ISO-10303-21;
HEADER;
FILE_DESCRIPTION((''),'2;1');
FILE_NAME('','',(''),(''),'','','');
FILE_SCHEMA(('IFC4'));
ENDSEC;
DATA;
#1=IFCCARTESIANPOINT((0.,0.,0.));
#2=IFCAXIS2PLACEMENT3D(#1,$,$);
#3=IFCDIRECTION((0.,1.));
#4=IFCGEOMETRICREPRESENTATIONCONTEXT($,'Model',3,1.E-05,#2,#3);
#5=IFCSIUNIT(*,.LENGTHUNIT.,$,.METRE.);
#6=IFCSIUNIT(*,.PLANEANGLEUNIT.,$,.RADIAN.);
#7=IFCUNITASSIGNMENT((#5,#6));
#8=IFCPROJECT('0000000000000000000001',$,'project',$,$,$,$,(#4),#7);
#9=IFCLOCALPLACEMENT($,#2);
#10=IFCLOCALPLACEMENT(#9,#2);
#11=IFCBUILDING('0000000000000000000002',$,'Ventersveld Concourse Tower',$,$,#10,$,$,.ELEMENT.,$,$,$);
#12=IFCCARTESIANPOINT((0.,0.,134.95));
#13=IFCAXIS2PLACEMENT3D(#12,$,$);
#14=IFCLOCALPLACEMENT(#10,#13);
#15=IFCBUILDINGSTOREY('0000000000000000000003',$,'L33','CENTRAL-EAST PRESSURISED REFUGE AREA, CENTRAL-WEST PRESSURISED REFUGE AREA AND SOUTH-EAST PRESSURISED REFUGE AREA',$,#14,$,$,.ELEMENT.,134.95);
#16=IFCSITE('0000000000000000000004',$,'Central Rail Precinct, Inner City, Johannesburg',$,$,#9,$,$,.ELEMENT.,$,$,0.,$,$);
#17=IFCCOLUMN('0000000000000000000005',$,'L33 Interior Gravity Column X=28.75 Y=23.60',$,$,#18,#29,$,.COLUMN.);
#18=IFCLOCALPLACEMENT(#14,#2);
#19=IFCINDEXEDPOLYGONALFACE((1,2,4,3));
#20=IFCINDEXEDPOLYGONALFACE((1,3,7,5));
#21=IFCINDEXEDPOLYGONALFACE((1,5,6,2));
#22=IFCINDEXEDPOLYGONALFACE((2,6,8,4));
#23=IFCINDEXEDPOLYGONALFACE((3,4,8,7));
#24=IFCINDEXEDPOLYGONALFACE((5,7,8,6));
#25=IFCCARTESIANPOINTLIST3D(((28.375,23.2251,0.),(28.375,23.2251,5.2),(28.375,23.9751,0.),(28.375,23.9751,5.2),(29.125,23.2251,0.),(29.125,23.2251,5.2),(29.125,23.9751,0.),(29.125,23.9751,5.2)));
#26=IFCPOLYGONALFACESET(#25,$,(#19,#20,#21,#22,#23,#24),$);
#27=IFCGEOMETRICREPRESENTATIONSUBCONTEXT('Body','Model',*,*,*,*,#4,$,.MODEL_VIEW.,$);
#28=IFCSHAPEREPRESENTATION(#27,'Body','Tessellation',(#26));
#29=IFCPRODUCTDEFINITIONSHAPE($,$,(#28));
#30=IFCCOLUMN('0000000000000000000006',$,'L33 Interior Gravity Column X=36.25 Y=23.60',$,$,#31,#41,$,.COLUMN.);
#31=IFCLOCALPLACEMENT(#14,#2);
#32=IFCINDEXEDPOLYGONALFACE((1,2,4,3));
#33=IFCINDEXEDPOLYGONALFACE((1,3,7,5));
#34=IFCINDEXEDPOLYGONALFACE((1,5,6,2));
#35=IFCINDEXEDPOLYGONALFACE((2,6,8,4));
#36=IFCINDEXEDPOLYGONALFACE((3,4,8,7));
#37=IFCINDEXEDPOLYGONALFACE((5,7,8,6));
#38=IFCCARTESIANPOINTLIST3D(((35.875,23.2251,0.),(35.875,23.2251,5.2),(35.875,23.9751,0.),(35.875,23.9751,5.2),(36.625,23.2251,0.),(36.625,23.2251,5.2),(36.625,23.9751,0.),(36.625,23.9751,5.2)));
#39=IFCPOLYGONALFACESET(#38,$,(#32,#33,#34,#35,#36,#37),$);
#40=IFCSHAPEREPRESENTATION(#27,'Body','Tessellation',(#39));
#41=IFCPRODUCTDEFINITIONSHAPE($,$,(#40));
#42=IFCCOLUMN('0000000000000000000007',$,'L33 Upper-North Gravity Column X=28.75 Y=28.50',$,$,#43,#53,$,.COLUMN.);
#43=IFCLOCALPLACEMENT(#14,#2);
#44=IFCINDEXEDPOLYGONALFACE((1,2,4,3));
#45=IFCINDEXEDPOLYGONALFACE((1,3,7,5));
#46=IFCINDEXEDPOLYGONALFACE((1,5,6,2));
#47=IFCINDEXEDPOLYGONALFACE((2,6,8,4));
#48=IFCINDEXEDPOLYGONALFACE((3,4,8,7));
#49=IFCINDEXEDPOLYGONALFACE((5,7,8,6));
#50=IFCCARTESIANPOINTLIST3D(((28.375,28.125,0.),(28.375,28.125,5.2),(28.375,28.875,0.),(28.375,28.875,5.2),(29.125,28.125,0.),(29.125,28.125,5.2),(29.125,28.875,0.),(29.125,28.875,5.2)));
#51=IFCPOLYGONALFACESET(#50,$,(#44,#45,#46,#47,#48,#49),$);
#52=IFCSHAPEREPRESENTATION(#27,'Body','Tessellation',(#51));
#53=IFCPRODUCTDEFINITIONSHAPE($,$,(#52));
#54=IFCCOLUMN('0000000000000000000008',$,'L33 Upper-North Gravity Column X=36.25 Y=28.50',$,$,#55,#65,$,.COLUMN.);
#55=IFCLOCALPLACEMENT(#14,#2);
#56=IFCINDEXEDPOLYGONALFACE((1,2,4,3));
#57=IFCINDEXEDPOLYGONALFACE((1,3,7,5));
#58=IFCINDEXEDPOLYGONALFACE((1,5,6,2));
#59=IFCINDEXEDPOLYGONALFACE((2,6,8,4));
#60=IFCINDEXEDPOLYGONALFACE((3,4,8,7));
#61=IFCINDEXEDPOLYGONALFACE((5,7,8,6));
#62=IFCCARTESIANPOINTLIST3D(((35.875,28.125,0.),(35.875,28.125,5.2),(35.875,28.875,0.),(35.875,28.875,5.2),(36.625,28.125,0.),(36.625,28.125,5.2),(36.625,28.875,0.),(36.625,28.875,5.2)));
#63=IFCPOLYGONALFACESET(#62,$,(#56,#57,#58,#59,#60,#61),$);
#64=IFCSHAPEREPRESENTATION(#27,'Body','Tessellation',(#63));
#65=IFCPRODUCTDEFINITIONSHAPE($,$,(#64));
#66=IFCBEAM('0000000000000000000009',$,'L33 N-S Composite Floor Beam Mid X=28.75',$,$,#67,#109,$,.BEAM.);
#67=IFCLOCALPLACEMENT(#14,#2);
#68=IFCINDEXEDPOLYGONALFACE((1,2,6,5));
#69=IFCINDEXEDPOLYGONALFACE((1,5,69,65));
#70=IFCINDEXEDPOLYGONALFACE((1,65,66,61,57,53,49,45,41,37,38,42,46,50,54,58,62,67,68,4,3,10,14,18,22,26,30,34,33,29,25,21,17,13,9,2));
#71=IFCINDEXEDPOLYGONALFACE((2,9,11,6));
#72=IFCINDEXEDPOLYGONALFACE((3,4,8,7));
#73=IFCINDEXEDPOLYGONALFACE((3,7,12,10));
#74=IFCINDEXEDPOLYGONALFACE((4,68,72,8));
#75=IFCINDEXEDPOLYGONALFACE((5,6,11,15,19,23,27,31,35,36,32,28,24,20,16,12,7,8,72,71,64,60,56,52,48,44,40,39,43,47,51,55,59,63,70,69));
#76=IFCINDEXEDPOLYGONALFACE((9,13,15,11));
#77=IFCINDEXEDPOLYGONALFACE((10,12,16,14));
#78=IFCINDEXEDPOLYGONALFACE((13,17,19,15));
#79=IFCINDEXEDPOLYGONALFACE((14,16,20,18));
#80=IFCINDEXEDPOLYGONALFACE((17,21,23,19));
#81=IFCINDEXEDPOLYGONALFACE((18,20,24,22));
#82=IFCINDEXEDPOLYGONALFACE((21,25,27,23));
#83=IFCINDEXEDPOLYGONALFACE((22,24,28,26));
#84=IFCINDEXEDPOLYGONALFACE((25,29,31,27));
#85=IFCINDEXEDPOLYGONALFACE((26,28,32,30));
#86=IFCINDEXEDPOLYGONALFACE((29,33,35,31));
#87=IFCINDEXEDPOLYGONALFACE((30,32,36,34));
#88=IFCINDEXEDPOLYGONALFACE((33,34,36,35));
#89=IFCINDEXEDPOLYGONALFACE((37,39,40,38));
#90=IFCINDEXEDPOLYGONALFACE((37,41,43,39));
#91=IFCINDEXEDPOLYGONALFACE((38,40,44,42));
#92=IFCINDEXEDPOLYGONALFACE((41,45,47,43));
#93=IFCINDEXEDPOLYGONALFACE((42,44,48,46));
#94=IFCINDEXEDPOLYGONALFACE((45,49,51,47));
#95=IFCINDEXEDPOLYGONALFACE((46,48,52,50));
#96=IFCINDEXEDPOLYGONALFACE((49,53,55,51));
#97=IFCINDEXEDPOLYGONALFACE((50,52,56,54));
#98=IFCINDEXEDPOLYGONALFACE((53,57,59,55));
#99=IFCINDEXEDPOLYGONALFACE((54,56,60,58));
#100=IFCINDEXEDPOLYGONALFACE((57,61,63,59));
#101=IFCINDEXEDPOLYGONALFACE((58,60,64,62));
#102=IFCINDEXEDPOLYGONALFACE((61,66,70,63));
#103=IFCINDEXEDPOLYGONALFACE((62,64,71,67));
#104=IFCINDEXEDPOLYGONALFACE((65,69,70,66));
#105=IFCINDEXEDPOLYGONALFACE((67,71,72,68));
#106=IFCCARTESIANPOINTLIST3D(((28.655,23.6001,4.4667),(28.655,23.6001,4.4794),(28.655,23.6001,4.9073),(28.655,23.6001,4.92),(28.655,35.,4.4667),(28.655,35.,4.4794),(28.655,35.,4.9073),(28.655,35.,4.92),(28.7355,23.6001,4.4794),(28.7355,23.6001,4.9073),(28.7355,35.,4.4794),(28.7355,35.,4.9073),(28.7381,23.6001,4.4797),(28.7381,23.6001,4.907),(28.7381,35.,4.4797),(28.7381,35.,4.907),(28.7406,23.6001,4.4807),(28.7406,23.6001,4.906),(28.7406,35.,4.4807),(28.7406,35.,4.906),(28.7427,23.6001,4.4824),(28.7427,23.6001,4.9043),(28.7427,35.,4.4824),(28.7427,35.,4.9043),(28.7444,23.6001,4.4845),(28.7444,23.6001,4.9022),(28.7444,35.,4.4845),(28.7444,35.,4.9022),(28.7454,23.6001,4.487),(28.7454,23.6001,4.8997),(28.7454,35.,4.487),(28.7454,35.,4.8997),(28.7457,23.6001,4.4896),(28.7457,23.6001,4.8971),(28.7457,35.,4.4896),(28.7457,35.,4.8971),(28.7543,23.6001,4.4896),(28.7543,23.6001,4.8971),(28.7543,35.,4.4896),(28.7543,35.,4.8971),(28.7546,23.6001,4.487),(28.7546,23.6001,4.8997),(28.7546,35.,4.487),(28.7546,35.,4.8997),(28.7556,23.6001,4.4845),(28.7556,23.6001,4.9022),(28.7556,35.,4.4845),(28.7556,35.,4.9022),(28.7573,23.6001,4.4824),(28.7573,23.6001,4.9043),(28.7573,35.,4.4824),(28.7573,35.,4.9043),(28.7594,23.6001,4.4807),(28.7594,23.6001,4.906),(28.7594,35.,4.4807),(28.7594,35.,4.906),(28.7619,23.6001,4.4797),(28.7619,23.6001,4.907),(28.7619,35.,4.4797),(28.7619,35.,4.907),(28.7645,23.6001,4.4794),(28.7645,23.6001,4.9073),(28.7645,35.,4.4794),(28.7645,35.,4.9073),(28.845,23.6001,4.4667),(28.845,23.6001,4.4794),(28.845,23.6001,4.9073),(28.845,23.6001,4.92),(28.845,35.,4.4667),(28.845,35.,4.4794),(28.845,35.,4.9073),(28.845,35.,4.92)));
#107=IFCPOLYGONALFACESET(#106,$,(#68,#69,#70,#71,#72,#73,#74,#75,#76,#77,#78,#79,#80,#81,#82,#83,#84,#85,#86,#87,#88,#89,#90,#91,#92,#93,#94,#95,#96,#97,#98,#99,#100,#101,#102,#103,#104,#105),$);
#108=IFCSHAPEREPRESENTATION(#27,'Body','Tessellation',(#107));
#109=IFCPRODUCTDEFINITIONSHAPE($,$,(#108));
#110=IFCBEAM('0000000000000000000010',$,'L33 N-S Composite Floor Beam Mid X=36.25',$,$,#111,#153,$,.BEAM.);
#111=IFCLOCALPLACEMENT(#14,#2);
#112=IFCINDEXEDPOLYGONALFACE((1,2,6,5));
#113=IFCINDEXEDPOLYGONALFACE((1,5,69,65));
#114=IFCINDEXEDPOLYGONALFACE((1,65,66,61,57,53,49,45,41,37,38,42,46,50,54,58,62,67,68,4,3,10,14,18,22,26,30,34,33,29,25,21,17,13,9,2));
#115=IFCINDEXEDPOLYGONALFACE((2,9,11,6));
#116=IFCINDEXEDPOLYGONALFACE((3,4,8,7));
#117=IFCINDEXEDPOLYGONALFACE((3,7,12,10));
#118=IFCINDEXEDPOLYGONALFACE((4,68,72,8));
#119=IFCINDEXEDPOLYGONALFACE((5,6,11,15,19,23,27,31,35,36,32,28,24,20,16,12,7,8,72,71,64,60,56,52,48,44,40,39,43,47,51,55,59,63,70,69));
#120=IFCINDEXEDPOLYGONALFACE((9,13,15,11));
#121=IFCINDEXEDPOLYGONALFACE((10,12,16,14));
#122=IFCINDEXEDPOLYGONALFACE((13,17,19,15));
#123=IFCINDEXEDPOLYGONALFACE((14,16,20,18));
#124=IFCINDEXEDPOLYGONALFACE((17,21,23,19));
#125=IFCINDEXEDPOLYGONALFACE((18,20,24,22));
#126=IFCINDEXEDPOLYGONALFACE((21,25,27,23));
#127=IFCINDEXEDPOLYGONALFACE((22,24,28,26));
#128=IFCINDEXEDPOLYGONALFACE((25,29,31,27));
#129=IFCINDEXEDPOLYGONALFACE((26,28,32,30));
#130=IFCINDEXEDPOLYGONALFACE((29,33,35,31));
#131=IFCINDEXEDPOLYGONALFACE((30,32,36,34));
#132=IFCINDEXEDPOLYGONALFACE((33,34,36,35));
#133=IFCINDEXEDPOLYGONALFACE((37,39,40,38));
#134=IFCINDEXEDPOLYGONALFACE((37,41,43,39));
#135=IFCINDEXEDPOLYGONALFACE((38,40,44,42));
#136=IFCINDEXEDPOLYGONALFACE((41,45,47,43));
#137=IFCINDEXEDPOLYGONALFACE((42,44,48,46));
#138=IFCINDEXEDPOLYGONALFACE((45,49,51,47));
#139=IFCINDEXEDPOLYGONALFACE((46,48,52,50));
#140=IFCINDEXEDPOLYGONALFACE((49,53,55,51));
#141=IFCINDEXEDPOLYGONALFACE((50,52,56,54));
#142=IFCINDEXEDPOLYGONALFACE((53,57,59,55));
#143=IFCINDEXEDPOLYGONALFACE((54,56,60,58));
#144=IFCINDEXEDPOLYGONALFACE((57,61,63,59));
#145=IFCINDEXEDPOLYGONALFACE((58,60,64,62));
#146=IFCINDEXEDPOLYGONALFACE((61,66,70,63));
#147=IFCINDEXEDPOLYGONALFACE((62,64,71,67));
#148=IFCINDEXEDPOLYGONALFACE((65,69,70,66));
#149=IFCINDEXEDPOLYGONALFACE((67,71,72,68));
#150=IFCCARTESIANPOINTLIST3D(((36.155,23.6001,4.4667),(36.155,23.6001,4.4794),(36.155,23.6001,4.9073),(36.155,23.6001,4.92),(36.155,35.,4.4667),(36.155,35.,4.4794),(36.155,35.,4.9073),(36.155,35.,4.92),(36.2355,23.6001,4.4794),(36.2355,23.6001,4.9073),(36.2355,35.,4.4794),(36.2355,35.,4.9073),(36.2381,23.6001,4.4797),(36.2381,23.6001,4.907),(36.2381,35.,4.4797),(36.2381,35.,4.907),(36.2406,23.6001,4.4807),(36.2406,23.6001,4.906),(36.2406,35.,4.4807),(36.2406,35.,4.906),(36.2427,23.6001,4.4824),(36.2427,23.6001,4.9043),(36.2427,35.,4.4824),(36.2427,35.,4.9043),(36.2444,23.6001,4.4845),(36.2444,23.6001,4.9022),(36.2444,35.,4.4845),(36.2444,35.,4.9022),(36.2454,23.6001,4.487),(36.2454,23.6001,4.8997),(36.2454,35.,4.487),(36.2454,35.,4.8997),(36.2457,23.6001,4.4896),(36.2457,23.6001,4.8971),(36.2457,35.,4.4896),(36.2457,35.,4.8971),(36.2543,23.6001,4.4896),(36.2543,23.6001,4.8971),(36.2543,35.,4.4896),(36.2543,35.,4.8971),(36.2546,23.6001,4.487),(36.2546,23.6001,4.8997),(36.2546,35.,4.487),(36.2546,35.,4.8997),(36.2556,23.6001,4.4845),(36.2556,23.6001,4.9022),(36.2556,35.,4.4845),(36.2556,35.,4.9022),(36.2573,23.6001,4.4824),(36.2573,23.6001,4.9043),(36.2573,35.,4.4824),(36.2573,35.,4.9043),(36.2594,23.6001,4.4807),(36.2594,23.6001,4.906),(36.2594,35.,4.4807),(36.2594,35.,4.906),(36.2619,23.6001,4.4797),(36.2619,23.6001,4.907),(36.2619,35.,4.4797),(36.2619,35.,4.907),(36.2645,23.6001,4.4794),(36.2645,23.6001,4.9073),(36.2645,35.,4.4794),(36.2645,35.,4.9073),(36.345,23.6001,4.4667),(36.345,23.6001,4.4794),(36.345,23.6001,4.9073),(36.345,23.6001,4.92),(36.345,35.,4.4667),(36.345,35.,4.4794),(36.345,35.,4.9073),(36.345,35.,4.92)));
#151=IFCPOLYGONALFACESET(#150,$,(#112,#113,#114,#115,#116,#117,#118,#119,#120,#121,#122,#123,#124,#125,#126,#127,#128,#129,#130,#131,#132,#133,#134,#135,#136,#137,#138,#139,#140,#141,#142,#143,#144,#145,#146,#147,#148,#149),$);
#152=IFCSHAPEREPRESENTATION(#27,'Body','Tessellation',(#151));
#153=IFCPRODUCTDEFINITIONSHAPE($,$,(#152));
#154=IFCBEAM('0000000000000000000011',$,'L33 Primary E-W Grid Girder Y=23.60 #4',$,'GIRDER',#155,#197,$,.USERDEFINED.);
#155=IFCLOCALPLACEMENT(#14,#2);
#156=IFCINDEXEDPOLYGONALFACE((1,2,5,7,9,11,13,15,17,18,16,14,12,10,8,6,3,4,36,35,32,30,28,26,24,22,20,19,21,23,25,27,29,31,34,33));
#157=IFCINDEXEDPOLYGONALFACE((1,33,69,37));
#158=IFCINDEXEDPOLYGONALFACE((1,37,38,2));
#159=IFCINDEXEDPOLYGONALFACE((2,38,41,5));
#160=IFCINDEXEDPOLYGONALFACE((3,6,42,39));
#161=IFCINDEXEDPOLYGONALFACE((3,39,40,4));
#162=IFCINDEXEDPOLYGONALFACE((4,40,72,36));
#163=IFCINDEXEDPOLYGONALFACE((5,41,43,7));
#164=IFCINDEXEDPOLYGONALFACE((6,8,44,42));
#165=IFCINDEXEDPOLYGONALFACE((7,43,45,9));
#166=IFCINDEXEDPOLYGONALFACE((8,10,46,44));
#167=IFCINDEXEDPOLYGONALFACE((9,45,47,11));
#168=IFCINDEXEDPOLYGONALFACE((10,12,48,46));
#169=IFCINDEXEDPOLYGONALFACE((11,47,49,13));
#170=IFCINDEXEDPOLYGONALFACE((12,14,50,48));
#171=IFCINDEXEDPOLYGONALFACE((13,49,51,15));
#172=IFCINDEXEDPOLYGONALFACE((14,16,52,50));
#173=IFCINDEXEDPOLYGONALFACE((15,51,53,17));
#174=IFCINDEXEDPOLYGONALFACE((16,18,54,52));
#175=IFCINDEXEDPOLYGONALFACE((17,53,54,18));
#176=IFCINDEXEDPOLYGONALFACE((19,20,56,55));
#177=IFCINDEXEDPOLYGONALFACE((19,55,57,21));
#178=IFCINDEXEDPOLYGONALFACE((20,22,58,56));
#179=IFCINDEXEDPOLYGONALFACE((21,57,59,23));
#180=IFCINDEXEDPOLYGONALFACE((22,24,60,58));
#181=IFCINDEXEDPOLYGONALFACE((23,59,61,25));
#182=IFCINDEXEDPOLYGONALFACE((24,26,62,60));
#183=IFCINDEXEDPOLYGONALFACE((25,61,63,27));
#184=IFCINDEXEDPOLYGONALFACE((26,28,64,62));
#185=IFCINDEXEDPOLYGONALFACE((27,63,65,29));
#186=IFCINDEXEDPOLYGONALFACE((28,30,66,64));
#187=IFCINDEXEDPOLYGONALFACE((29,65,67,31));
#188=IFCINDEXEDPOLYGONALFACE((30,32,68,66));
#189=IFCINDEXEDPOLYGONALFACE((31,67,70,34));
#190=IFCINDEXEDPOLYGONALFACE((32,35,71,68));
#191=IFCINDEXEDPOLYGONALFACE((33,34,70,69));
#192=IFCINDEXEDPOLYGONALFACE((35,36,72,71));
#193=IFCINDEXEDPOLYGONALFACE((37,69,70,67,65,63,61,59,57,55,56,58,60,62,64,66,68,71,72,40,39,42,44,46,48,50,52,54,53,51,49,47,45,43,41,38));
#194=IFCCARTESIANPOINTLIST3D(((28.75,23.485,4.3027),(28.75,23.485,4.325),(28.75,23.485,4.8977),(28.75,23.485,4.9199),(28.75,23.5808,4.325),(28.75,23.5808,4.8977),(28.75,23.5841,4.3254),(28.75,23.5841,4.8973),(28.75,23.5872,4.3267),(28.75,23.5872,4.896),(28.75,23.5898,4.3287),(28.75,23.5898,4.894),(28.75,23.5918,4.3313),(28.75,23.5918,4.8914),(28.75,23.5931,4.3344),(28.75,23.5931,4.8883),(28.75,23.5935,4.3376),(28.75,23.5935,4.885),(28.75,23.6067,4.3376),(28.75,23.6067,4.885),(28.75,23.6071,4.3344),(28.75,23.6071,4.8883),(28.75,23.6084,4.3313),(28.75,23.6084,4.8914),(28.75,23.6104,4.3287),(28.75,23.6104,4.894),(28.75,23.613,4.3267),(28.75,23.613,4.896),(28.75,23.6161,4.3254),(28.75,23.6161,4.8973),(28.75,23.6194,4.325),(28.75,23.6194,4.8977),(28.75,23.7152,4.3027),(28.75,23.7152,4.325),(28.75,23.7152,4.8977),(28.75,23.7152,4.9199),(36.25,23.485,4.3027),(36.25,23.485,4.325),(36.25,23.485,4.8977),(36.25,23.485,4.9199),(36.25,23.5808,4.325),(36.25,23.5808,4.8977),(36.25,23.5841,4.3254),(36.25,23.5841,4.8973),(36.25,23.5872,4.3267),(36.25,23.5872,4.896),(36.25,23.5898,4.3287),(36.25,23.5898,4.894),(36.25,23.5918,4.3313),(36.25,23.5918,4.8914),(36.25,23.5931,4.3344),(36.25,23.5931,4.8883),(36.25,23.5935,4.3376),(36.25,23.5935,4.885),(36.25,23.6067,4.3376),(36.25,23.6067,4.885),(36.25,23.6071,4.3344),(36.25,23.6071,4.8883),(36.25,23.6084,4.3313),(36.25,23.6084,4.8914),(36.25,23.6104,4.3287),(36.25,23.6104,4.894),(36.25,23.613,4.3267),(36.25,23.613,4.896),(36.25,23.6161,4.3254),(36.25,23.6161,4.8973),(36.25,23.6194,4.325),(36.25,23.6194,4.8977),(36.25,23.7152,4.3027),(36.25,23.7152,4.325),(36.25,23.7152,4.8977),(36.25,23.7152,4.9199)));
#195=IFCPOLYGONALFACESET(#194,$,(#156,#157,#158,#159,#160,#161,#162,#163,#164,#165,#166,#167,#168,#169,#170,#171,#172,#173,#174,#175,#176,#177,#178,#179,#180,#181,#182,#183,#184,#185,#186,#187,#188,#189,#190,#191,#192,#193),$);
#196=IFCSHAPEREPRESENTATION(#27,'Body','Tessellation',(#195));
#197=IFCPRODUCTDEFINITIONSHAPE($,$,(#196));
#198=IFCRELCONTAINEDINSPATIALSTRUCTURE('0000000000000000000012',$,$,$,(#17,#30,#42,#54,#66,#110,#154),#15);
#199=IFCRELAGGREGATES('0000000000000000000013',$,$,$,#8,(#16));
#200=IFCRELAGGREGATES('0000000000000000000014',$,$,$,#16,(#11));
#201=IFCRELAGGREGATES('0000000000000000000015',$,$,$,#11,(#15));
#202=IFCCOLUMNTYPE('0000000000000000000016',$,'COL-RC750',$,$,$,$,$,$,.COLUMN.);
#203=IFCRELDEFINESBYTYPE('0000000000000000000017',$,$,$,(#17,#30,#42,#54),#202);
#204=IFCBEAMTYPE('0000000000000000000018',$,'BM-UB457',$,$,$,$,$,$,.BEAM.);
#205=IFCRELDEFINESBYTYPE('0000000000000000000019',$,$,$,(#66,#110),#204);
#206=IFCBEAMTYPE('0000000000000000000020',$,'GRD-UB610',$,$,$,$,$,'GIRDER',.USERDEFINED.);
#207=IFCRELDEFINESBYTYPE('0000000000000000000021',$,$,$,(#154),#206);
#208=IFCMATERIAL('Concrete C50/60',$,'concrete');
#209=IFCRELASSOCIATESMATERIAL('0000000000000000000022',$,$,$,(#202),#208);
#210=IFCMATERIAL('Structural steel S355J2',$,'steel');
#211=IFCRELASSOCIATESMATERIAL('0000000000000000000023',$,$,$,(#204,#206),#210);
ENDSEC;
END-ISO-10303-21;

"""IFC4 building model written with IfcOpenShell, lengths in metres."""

from ifc_helpers import new_model, si_unit, direction, frame, origin, origin_2d, place, context, subcontext, project, spatial, rectangle, i_section, extrude, material, material_profile, profile_set, type_object, element, save


model = new_model("IFC4")

# Units and contexts
model_context = context("Model", 3, precision=1e-05, world=origin(), true_north=direction((0.0, 1.0)))
body_context = subcontext(model_context, "Body", "Model", "MODEL_VIEW")
ifc_project = project(units=[si_unit("LENGTHUNIT", "METRE"), si_unit("PLANEANGLEUNIT", "RADIAN")], contexts=[model_context])

# Site, building, storey
site_placement = place(None, origin())
site = spatial("IfcSite", under=ifc_project, at=site_placement, Name="Central Rail Precinct, Inner City, Johannesburg", CompositionType="ELEMENT", RefElevation=0.0)
building_placement = place(site_placement, origin())
building = spatial("IfcBuilding", under=site, at=building_placement, Name="Ventersveld Concourse Tower", CompositionType="ELEMENT")
storey_placement = place(building_placement, frame((0.0, 0.0, 134.95)))
storey = spatial("IfcBuildingStorey", under=building, at=storey_placement, Name="L33", Description="CENTRAL-EAST PRESSURISED REFUGE AREA, CENTRAL-WEST PRESSURISED REFUGE AREA AND SOUTH-EAST PRESSURISED REFUGE AREA", CompositionType="ELEMENT", Elevation=134.95)

# Columns
ifc_material_1 = material(Name="Concrete C50/60", Category="concrete")
ifc_material_profile_1 = material_profile(ifc_material_1, rectangle(XDim=0.75, YDim=0.75, at=origin_2d()), Name="RC 750x750")
ifc_profile_set_1 = profile_set([ifc_material_profile_1], Name="Concrete C50/60")
column_type = type_object("IfcColumnType", Name="COL-RC750", PredefinedType="COLUMN", material=ifc_profile_set_1)
for number, where, z_axis, x_axis, name in (
    (1, (28.75, 23.6001, 0.0), (0.0, 0.0, 1.0), (1.0, 0.0, 0.0), "L33 Interior Gravity Column X=28.75 Y=23.60"),
    (2, (36.25, 23.6001, 0.0), (0.0, 0.0, 1.0), (1.0, 0.0, 0.0), "L33 Interior Gravity Column X=36.25 Y=23.60"),
    (3, (28.75, 28.5, 0.0), (0.0, 0.0, 1.0), (1.0, 0.0, 0.0), "L33 Upper-North Gravity Column X=28.75 Y=28.50"),
    (4, (36.25, 28.5, 0.0), (0.0, 0.0, 1.0), (1.0, 0.0, 0.0), "L33 Upper-North Gravity Column X=36.25 Y=28.50"),
):
    element("IfcColumn", number, at=place(storey_placement, frame(where, z_axis=z_axis, x_axis=x_axis)), inside=storey, type_object=column_type, Name=name, PredefinedType="COLUMN", context=body_context, shape_type="SweptSolid", body=[
        extrude(rectangle(XDim=0.75, YDim=0.75, at=origin_2d()), origin(), (0.0, 0.0, 1.0), 5.2),
    ])

# Beams
ifc_material_2 = material(Name="Structural steel S355J2", Category="steel")
ifc_material_profile_2 = material_profile(ifc_material_2, i_section(OverallWidth=0.1899, OverallDepth=0.4534, WebThickness=0.0085, FlangeThickness=0.0127, FilletRadius=0.0103, at=origin_2d()), Name="UB 457x191x67")
ifc_profile_set_2 = profile_set([ifc_material_profile_2], Name="Structural steel S355J2")
beam_type_1 = type_object("IfcBeamType", Name="BM-UB457", PredefinedType="BEAM", material=ifc_profile_set_2)
for number, where, z_axis, x_axis, name in (
    (5, (28.75, 23.6001, 4.6934), (0.0, 1.0, 0.0), (-1.0, 0.0, 0.0), "L33 N-S Composite Floor Beam Mid X=28.75"),
    (6, (36.25, 23.6001, 4.6934), (0.0, 1.0, 0.0), (-1.0, 0.0, 0.0), "L33 N-S Composite Floor Beam Mid X=36.25"),
):
    element("IfcBeam", number, at=place(storey_placement, frame(where, z_axis=z_axis, x_axis=x_axis)), inside=storey, type_object=beam_type_1, Name=name, PredefinedType="BEAM", context=body_context, shape_type="SweptSolid", body=[
        extrude(i_section(OverallWidth=0.1899, OverallDepth=0.4534, WebThickness=0.0085, FlangeThickness=0.0127, FilletRadius=0.0103, at=origin_2d()), origin(), (0.0, 0.0, 1.0), 11.3999),
    ])
ifc_material_profile_3 = material_profile(ifc_material_2, i_section(OverallWidth=0.2302, OverallDepth=0.6172, WebThickness=0.0132, FlangeThickness=0.0222, FilletRadius=0.0127, at=origin_2d()), Name="UB 610x229x140")
ifc_profile_set_3 = profile_set([ifc_material_profile_3], Name="Structural steel S355J2")
beam_type_2 = type_object("IfcBeamType", Name="GRD-UB610", ElementType="GIRDER", PredefinedType="USERDEFINED", material=ifc_profile_set_3)
for number, where, z_axis, x_axis, name in (
    (7, (28.75, 23.6001, 4.6113), (1.0, 0.0, 0.0), (0.0, 1.0, 0.0), "L33 Primary E-W Grid Girder Y=23.60 #4"),
):
    element("IfcBeam", number, at=place(storey_placement, frame(where, z_axis=z_axis, x_axis=x_axis)), inside=storey, type_object=beam_type_2, Name=name, ObjectType="GIRDER", PredefinedType="USERDEFINED", context=body_context, shape_type="SweptSolid", body=[
        extrude(i_section(OverallWidth=0.2302, OverallDepth=0.6172, WebThickness=0.0132, FlangeThickness=0.0222, FilletRadius=0.0127, at=origin_2d()), origin(), (0.0, 0.0, 1.0), 7.5),
    ])

save(model, "model.ifc")
